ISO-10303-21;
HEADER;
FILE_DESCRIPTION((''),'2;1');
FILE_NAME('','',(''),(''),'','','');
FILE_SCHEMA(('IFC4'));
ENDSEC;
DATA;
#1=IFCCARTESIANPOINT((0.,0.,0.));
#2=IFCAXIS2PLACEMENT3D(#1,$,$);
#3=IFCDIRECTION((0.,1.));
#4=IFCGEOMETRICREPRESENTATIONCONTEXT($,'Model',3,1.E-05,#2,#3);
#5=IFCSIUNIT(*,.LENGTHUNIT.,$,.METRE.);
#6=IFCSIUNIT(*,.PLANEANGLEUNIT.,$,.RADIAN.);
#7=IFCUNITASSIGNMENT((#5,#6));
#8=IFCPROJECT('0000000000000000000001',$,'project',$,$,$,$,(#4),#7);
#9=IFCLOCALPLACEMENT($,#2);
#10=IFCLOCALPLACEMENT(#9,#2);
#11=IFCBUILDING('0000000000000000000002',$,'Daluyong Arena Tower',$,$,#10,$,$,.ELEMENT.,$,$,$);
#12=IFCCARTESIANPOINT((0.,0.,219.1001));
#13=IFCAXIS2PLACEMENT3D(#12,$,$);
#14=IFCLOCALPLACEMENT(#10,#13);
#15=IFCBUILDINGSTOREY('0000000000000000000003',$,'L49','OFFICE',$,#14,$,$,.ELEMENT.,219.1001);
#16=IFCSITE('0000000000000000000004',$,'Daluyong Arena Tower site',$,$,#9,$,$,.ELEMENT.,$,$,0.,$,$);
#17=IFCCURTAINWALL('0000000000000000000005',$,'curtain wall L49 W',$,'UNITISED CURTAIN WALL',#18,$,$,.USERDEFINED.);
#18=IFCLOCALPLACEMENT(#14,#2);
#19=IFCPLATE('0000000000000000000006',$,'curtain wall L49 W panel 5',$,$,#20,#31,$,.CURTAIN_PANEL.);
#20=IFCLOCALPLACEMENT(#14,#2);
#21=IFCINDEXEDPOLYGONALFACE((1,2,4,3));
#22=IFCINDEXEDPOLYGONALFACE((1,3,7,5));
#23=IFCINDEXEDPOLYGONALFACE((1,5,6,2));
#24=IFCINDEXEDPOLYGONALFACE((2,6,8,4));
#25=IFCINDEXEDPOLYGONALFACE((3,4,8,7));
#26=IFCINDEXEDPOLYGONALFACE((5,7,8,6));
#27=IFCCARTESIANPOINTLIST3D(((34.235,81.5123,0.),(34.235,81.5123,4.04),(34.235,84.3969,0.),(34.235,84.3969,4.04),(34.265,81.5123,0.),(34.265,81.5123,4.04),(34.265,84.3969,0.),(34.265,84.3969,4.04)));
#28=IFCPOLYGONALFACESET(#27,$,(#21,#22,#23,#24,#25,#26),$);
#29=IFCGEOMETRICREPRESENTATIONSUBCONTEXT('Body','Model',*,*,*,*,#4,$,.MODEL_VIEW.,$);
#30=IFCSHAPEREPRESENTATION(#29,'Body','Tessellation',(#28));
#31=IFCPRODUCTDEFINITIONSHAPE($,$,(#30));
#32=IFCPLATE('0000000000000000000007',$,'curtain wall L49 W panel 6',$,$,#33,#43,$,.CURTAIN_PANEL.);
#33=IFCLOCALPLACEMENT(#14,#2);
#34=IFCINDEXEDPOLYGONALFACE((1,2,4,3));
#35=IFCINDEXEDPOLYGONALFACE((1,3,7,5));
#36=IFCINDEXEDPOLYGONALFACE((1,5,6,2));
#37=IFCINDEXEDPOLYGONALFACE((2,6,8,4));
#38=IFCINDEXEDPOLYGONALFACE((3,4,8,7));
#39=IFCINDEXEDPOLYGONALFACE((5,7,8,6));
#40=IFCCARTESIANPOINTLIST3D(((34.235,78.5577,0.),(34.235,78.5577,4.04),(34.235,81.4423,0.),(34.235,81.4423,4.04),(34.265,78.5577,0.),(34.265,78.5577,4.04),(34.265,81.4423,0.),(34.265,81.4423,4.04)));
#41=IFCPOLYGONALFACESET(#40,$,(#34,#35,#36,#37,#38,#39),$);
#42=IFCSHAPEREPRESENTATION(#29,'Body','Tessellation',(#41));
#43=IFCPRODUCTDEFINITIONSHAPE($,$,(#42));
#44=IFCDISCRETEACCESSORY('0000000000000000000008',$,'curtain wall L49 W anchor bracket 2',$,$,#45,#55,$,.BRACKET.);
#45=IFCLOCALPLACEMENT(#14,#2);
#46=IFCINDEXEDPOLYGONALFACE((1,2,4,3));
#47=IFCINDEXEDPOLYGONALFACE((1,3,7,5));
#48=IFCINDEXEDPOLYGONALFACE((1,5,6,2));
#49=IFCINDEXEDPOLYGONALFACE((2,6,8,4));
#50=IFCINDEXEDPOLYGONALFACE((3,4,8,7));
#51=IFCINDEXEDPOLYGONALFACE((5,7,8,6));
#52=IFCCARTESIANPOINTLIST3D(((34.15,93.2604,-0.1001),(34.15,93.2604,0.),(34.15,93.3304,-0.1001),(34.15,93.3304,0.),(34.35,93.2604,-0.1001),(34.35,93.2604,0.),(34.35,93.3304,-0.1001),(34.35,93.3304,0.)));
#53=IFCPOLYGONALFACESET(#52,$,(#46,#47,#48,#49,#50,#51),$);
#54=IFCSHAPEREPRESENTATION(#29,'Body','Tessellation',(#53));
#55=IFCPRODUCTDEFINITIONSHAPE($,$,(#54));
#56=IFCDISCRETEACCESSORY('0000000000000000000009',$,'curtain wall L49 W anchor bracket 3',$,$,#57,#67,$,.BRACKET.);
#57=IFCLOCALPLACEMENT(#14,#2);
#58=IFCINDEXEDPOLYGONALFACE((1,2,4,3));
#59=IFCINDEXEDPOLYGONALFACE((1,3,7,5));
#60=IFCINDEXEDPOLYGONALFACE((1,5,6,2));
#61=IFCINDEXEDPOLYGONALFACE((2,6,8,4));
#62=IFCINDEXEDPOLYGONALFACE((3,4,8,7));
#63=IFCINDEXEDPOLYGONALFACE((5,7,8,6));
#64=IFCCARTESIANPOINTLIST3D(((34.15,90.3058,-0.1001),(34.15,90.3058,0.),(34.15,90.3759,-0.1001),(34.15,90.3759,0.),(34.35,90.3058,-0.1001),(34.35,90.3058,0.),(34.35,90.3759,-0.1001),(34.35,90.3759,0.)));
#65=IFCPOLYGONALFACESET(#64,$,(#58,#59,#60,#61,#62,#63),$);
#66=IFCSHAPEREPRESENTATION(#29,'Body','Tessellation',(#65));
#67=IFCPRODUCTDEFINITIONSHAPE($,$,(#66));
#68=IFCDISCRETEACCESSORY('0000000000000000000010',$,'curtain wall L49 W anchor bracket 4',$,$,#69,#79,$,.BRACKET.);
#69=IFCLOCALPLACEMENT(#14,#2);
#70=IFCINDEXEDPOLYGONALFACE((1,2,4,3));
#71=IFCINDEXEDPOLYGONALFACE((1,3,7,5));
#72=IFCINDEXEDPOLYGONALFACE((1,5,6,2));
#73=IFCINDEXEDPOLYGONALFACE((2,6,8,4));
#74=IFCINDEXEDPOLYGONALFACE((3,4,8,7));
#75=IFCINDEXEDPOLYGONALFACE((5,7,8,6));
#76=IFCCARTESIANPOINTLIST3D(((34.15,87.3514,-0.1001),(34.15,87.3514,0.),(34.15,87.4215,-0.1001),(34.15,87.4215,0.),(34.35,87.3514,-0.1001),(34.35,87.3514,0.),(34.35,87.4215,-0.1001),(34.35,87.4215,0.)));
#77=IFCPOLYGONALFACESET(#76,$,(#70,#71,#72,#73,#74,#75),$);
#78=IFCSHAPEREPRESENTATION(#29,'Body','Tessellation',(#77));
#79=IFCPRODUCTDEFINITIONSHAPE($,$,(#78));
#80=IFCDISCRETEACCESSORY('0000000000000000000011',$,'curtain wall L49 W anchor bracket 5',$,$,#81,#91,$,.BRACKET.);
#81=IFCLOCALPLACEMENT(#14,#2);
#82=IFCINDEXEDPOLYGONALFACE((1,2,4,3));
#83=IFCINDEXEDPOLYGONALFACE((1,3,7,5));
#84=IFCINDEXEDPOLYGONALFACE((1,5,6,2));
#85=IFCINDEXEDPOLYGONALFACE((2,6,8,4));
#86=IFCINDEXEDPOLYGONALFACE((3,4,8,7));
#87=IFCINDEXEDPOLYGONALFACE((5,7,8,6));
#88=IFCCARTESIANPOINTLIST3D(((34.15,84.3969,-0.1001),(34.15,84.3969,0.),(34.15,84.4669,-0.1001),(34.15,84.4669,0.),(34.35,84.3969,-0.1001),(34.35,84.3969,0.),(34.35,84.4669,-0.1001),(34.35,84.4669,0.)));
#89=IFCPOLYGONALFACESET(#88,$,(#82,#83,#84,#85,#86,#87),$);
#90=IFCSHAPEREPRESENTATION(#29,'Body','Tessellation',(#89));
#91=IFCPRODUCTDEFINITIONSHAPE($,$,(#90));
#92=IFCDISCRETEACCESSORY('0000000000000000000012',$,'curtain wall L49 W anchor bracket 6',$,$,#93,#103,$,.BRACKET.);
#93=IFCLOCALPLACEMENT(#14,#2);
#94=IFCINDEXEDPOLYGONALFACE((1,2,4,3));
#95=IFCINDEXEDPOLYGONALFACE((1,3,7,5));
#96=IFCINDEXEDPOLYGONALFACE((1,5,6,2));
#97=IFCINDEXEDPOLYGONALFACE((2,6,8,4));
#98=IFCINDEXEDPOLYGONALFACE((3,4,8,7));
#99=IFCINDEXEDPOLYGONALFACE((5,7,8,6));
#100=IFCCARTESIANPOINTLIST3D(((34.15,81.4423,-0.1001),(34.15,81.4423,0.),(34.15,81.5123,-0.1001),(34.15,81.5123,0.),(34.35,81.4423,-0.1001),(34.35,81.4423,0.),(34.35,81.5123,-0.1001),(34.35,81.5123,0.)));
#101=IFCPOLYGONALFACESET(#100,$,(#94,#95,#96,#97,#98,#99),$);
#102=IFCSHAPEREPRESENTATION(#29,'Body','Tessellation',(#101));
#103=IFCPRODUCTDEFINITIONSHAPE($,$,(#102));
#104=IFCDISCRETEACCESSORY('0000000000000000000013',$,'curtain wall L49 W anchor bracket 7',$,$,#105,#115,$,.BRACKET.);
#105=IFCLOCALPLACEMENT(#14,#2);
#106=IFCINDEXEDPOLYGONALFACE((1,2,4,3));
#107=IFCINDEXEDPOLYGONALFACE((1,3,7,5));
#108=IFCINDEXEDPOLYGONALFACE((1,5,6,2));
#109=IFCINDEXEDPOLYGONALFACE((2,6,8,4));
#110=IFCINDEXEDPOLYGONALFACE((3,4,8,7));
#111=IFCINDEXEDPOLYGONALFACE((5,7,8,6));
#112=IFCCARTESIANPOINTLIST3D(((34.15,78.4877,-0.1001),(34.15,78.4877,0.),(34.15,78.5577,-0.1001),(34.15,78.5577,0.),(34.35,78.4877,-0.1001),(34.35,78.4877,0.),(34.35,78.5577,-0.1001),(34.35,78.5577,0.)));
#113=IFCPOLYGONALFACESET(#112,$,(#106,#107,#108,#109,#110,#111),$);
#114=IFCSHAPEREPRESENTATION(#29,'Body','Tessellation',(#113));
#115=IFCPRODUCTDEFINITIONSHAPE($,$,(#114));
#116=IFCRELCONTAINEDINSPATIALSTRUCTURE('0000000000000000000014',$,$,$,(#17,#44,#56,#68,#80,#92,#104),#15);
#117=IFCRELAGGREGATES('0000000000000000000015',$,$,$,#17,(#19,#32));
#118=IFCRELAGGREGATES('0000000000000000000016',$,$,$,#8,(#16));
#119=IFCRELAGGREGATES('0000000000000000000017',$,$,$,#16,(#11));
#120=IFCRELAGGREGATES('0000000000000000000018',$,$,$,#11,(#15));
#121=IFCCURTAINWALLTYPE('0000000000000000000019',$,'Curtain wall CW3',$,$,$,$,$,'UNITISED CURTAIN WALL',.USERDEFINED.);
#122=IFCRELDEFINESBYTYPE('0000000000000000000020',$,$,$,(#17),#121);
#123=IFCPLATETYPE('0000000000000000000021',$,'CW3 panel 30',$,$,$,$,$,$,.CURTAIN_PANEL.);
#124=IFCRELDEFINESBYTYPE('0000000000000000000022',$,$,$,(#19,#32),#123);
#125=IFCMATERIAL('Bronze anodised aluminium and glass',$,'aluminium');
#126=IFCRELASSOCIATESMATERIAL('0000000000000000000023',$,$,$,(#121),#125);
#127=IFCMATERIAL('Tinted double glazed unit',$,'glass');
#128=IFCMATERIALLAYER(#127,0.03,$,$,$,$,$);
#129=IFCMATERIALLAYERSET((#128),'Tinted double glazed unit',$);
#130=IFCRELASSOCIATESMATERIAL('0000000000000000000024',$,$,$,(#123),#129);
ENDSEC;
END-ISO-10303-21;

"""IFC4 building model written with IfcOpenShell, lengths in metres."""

from ifc_helpers import new_model, si_unit, direction, frame, origin, origin_2d, place, context, subcontext, project, spatial, rectangle, extrude, material, layer, layer_set, type_object, element, aggregate, save


model = new_model("IFC4")

# Units and contexts
model_context = context("Model", 3, precision=1e-05, world=origin(), true_north=direction((0.0, 1.0)))
body_context = subcontext(model_context, "Body", "Model", "MODEL_VIEW")
ifc_project = project(units=[si_unit("LENGTHUNIT", "METRE"), si_unit("PLANEANGLEUNIT", "RADIAN")], contexts=[model_context])

# Site, building, storey
site_placement = place(None, origin())
site = spatial("IfcSite", under=ifc_project, at=site_placement, Name="Daluyong Arena Tower site", CompositionType="ELEMENT", RefElevation=0.0)
building_placement = place(site_placement, origin())
building = spatial("IfcBuilding", under=site, at=building_placement, Name="Daluyong Arena Tower", CompositionType="ELEMENT")
storey_placement = place(building_placement, frame((0.0, 0.0, 219.1001)))
storey = spatial("IfcBuildingStorey", under=building, at=storey_placement, Name="L49", Description="OFFICE", CompositionType="ELEMENT", Elevation=219.1001)

# Curtain wall
ifc_material_1 = material(Name="Bronze anodised aluminium and glass", Category="aluminium")
curtain_wall_type = type_object("IfcCurtainWallType", Name="Curtain wall CW3", ElementType="UNITISED CURTAIN WALL", PredefinedType="USERDEFINED", material=ifc_material_1)
curtain_wall_placement = place(storey_placement, origin())
curtain_wall = element("IfcCurtainWall", 1, at=curtain_wall_placement, inside=storey, type_object=curtain_wall_type, Name="curtain wall L49 W", ObjectType="UNITISED CURTAIN WALL", PredefinedType="USERDEFINED")

# Plates
ifc_material_2 = material(Name="Tinted double glazed unit", Category="glass")
ifc_layer = layer(ifc_material_2, 0.03)
ifc_layer_set = layer_set([ifc_layer], Name="Tinted double glazed unit")
plate_type = type_object("IfcPlateType", Name="CW3 panel 30", PredefinedType="CURTAIN_PANEL", material=ifc_layer_set)
plate_1_placement = place(storey_placement, frame((34.25, 82.9546, 0.0), z_axis=(0.0, 0.0, 1.0), x_axis=(0.0, -1.0, 0.0)))
plate_1 = element("IfcPlate", 2, at=plate_1_placement, type_object=plate_type, Name="curtain wall L49 W panel 5", PredefinedType="CURTAIN_PANEL", context=body_context, shape_type="SweptSolid", body=[
    extrude(rectangle(XDim=2.8845, YDim=0.03, at=origin_2d()), origin(), (0.0, 0.0, 1.0), 4.04),
])
plate_2_placement = place(storey_placement, frame((34.25, 80.0, 0.0), z_axis=(0.0, 0.0, 1.0), x_axis=(0.0, -1.0, 0.0)))
plate_2 = element("IfcPlate", 3, at=plate_2_placement, type_object=plate_type, Name="curtain wall L49 W panel 6", PredefinedType="CURTAIN_PANEL", context=body_context, shape_type="SweptSolid", body=[
    extrude(rectangle(XDim=2.8845, YDim=0.03, at=origin_2d()), origin(), (0.0, 0.0, 1.0), 4.04),
])
aggregate(curtain_wall, [plate_1, plate_2])

# Discrete accessories
for number, where, z_axis, x_axis, name in (
    (4, (34.25, 93.2954, -0.1001), (0.0, 0.0, 1.0), (0.0, -1.0, 0.0), "curtain wall L49 W anchor bracket 2"),
    (5, (34.25, 90.3408, -0.1001), (0.0, 0.0, 1.0), (0.0, -1.0, 0.0), "curtain wall L49 W anchor bracket 3"),
    (6, (34.25, 87.3865, -0.1001), (0.0, 0.0, 1.0), (0.0, -1.0, 0.0), "curtain wall L49 W anchor bracket 4"),
    (7, (34.25, 84.4319, -0.1001), (0.0, 0.0, 1.0), (0.0, -1.0, 0.0), "curtain wall L49 W anchor bracket 5"),
    (8, (34.25, 81.4773, -0.1001), (0.0, 0.0, 1.0), (0.0, -1.0, 0.0), "curtain wall L49 W anchor bracket 6"),
    (9, (34.25, 78.5227, -0.1001), (0.0, 0.0, 1.0), (0.0, -1.0, 0.0), "curtain wall L49 W anchor bracket 7"),
):
    element("IfcDiscreteAccessory", number, at=place(storey_placement, frame(where, z_axis=z_axis, x_axis=x_axis)), inside=storey, Name=name, PredefinedType="BRACKET", context=body_context, shape_type="SweptSolid", body=[
        extrude(rectangle(XDim=0.0701, YDim=0.2, at=origin_2d()), origin(), (0.0, 0.0, 1.0), 0.1001),
    ])

save(model, "model.ifc")
